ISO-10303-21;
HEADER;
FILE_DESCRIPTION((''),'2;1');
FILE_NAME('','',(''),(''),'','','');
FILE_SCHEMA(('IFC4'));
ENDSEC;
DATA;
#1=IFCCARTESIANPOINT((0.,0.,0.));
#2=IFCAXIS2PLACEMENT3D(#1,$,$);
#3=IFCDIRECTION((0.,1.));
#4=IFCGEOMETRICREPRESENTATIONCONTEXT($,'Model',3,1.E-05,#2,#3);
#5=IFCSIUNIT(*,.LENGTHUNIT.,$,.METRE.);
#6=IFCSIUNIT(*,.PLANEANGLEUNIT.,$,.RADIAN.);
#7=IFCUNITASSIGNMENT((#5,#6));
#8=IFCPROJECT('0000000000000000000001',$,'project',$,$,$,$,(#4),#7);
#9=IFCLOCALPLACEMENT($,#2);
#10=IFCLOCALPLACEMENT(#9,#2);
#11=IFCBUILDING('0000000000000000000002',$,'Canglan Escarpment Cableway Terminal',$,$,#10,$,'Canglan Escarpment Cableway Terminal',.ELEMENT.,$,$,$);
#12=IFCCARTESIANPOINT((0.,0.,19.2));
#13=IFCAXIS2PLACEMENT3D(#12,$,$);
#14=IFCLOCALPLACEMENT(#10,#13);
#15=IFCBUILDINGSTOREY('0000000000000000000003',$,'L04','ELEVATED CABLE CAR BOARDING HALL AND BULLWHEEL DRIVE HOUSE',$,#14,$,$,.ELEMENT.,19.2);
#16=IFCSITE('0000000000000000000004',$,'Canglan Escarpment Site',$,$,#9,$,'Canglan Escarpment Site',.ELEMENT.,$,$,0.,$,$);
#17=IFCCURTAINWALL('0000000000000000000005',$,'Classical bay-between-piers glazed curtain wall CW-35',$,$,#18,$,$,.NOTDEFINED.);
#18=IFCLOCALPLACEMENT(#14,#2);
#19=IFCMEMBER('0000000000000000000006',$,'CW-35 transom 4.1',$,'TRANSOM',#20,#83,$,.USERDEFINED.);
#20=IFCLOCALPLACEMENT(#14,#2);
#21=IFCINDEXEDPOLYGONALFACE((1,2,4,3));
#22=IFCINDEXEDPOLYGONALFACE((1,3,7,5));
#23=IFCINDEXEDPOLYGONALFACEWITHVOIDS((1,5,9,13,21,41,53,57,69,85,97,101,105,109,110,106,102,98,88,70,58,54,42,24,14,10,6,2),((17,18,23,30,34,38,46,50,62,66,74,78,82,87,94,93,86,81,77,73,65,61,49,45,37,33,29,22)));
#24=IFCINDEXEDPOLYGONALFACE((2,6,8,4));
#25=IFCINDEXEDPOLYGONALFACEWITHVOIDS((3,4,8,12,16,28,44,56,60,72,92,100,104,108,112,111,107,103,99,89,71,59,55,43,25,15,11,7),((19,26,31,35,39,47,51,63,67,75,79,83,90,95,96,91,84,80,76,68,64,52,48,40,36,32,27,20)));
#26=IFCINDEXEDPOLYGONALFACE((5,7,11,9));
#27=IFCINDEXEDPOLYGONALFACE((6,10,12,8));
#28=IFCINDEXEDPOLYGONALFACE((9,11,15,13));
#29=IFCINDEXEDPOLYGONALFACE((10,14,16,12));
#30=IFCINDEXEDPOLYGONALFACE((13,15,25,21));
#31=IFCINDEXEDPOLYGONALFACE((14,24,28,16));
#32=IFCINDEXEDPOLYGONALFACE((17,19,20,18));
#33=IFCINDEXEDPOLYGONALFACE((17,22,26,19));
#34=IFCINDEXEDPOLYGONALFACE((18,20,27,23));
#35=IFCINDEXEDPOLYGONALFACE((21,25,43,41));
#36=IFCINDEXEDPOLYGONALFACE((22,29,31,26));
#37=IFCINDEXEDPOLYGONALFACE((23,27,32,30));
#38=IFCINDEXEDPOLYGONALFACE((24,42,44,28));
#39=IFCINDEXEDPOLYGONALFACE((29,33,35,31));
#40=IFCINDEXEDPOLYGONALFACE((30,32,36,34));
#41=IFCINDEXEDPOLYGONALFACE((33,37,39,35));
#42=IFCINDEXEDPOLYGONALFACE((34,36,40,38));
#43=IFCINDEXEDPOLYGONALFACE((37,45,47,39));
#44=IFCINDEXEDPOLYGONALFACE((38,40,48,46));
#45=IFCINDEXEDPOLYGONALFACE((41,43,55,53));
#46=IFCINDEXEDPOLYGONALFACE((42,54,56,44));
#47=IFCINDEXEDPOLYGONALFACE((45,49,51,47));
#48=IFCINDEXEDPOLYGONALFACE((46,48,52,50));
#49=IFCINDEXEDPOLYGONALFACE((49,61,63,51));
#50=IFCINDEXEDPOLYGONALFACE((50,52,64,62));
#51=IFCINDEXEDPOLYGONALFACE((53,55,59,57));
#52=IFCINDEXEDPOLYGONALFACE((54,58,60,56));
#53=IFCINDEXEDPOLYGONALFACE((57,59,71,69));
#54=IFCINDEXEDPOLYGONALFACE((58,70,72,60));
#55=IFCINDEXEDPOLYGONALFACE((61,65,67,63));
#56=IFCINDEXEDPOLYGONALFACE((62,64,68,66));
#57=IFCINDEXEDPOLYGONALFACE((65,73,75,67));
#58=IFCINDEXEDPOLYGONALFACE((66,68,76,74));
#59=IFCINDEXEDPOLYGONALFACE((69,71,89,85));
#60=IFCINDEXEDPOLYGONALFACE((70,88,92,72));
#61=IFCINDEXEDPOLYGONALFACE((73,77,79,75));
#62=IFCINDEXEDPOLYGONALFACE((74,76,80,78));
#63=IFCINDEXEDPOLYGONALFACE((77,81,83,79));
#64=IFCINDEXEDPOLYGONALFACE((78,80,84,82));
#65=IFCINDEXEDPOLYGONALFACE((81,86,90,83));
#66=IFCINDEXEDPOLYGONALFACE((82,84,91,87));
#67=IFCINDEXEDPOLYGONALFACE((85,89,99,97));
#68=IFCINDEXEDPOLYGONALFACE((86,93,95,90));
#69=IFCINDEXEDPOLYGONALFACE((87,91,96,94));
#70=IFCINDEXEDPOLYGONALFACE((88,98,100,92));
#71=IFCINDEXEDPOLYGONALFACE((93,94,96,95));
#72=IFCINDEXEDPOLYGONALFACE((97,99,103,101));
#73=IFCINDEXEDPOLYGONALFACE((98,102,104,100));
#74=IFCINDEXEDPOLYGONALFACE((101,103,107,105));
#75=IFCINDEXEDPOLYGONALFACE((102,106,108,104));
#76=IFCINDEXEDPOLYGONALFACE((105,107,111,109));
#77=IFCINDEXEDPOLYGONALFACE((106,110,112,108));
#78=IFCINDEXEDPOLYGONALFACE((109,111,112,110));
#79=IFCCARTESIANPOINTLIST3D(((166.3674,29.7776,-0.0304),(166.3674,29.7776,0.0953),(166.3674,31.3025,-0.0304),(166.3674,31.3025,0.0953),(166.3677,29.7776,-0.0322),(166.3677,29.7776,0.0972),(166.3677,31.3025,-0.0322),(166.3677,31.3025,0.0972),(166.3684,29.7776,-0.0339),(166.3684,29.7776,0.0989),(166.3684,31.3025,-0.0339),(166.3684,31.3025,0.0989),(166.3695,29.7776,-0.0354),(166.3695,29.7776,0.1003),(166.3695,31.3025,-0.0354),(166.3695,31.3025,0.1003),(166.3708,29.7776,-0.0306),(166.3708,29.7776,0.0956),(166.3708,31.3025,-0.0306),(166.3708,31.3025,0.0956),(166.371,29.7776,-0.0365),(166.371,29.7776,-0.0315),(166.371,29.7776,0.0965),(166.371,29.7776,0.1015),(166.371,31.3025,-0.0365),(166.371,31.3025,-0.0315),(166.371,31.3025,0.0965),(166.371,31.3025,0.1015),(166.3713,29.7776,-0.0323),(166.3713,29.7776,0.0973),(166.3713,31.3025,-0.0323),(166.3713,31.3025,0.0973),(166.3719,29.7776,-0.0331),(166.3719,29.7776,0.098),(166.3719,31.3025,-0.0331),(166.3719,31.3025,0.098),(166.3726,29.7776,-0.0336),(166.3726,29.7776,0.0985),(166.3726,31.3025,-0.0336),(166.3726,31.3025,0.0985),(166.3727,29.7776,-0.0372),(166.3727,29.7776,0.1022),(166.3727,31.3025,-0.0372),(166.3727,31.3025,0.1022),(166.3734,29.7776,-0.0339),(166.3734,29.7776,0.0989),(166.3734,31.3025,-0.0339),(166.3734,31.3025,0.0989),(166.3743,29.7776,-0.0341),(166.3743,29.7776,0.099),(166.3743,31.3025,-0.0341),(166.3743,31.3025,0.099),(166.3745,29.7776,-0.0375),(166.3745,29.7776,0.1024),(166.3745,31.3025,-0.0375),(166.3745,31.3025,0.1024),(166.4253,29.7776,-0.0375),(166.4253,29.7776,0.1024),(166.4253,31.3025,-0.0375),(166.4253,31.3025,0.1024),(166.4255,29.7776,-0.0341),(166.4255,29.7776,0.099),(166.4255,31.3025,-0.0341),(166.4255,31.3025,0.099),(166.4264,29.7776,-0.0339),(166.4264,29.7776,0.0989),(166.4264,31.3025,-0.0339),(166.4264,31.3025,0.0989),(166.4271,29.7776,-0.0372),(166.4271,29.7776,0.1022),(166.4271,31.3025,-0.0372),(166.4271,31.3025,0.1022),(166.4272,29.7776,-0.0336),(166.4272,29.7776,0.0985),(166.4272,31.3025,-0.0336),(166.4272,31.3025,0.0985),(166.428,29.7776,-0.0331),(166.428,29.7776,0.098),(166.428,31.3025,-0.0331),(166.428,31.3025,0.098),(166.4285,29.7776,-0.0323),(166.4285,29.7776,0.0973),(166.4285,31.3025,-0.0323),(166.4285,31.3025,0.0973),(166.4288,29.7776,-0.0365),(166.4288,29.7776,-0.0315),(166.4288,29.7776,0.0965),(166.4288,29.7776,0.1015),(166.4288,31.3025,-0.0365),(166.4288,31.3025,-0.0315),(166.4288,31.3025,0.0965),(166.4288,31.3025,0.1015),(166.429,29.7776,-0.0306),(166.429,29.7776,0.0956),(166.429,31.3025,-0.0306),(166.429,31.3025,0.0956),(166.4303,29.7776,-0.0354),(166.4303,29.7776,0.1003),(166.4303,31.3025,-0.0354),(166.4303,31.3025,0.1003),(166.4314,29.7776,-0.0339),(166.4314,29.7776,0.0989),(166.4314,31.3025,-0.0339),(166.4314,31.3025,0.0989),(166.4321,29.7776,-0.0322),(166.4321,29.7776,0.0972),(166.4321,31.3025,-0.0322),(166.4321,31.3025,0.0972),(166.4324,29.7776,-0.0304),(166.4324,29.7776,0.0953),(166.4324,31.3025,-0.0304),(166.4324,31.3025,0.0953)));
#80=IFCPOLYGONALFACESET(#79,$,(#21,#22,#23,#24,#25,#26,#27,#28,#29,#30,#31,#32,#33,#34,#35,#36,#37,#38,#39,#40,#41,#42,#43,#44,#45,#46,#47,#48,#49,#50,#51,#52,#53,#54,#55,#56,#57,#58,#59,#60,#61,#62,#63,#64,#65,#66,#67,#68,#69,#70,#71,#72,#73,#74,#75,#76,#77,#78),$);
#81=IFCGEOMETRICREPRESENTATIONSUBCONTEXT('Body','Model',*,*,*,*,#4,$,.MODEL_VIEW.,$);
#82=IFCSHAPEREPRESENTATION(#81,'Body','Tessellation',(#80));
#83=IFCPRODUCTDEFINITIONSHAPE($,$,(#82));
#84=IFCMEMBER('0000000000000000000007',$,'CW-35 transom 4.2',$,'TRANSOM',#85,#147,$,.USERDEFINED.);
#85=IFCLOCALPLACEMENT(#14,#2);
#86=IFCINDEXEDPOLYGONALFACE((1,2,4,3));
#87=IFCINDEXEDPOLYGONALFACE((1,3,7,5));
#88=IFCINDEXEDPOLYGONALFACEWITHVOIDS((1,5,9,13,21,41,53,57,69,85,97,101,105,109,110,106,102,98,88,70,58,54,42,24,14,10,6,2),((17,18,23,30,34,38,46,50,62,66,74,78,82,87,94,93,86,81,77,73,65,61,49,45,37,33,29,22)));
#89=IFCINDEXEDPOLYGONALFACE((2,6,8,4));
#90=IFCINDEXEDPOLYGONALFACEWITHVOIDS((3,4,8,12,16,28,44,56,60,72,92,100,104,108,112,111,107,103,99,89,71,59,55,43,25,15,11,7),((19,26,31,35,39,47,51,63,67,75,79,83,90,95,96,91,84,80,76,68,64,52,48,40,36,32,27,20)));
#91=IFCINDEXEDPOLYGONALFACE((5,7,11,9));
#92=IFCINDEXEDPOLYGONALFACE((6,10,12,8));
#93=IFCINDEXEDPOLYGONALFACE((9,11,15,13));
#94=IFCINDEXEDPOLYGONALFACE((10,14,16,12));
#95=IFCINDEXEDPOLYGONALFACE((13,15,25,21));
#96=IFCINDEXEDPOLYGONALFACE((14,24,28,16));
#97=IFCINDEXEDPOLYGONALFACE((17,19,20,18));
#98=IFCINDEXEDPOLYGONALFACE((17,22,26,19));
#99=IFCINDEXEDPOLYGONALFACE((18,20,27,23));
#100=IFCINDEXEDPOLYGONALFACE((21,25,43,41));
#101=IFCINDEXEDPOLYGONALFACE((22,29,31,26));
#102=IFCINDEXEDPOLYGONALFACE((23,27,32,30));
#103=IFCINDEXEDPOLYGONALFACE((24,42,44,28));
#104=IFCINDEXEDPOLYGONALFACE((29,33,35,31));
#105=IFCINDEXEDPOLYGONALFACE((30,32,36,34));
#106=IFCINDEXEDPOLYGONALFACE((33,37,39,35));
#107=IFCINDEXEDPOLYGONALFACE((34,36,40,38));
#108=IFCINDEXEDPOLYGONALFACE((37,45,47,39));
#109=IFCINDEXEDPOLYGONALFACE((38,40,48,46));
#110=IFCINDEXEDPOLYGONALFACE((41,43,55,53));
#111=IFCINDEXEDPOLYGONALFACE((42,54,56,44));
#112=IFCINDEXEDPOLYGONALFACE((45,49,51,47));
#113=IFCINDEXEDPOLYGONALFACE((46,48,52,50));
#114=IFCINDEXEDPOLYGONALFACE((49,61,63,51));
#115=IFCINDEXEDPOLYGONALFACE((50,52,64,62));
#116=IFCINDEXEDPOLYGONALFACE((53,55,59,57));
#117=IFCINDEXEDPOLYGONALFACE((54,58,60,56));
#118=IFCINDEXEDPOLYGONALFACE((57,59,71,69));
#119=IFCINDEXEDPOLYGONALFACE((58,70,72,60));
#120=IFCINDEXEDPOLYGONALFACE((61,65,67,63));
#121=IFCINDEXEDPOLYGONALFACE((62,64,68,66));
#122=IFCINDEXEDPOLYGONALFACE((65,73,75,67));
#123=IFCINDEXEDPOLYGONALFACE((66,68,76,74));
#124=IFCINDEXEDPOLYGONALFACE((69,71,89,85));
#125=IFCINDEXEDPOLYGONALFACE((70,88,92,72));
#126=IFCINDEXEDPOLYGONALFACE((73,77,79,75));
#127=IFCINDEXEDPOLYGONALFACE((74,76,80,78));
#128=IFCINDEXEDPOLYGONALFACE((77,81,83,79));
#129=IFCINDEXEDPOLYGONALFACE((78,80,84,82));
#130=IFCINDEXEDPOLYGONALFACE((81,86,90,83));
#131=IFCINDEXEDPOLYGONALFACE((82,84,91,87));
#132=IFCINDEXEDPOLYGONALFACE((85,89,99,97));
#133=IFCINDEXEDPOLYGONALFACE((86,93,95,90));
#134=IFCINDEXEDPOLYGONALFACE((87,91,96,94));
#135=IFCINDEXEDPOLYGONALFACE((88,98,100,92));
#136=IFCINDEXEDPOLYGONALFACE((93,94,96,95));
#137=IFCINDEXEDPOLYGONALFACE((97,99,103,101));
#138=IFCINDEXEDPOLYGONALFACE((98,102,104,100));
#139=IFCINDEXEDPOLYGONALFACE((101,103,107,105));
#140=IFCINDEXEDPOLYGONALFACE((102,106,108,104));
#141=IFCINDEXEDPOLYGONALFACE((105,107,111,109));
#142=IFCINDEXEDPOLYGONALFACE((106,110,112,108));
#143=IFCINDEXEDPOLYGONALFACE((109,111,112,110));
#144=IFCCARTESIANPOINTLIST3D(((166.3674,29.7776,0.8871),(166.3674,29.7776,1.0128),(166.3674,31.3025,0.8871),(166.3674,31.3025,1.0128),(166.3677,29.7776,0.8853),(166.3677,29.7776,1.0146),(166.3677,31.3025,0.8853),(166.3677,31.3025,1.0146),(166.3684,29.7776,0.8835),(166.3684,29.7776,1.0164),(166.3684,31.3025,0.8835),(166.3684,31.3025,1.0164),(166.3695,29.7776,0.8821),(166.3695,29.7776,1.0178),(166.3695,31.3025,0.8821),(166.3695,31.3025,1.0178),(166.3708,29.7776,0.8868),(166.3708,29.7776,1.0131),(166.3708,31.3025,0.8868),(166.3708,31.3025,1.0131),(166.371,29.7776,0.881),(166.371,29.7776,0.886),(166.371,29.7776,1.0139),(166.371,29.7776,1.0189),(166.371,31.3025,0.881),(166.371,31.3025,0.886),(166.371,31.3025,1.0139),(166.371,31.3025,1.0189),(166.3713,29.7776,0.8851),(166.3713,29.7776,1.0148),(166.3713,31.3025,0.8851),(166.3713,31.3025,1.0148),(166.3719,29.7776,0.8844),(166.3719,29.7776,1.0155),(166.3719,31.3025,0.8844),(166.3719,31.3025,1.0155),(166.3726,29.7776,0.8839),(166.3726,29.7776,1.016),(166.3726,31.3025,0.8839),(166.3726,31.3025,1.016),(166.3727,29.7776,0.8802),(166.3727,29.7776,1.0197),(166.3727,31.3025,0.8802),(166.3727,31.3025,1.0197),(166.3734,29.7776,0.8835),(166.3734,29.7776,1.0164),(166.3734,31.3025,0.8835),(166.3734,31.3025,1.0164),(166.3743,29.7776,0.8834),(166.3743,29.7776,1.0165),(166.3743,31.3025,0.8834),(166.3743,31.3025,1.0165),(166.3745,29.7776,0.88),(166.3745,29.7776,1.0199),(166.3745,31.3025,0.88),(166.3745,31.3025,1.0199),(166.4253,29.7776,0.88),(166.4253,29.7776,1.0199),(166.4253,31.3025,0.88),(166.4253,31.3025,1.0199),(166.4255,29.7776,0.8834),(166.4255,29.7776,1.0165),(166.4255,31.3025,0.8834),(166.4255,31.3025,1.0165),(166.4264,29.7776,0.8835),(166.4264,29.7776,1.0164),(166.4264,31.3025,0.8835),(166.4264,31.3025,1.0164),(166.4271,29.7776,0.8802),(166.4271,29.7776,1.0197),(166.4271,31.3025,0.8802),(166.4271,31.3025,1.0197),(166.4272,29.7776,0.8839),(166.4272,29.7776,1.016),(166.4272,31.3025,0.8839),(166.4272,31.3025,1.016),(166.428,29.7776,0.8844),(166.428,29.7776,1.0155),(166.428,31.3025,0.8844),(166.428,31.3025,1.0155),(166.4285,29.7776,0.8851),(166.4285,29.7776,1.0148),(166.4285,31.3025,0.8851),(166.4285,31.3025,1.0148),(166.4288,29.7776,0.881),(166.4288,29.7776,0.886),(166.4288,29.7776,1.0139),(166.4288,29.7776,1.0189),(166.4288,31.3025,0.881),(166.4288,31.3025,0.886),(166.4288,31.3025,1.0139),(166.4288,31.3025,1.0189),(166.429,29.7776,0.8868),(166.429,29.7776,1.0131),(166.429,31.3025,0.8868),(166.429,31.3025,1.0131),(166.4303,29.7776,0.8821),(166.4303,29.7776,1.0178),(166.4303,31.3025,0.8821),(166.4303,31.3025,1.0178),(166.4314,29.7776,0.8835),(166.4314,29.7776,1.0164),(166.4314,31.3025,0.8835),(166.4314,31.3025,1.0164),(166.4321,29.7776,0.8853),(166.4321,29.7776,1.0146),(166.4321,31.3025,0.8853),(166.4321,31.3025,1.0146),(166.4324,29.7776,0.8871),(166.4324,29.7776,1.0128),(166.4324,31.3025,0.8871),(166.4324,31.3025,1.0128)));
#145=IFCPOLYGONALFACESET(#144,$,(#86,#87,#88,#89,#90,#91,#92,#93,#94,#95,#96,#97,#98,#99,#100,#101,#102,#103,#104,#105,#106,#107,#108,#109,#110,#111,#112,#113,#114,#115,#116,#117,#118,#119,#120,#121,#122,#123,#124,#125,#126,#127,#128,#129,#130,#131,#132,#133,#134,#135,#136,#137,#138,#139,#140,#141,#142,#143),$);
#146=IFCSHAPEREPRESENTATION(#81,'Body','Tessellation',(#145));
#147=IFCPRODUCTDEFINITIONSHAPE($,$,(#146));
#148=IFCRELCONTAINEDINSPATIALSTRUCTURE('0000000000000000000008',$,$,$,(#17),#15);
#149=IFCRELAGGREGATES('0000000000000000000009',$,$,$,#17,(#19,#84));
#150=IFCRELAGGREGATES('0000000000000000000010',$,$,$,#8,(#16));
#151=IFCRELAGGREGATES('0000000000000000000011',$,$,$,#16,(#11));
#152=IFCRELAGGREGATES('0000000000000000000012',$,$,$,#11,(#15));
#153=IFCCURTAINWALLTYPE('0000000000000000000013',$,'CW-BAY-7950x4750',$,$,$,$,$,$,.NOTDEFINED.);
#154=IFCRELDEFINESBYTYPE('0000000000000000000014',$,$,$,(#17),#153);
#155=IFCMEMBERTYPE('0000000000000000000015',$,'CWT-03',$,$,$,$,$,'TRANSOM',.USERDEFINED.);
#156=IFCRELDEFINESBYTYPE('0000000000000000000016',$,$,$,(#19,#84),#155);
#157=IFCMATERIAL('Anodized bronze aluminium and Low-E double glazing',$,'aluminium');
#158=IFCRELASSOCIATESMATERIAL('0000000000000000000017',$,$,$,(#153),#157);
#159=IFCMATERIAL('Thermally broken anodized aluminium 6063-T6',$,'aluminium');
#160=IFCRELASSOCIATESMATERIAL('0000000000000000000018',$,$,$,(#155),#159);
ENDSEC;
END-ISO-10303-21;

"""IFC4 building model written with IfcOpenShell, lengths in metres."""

from ifc_helpers import new_model, si_unit, direction, frame, origin, origin_2d, place, context, subcontext, project, spatial, hollow_rectangle, extrude, material, material_profile, profile_set, type_object, element, aggregate, save


model = new_model("IFC4")

# Units and contexts
model_context = context("Model", 3, precision=1e-05, world=origin(), true_north=direction((0.0, 1.0)))
body_context = subcontext(model_context, "Body", "Model", "MODEL_VIEW")
ifc_project = project(units=[si_unit("LENGTHUNIT", "METRE"), si_unit("PLANEANGLEUNIT", "RADIAN")], contexts=[model_context])

# Site, building, storey
site_placement = place(None, origin())
site = spatial("IfcSite", under=ifc_project, at=site_placement, Name="Canglan Escarpment Site", LongName="Canglan Escarpment Site", CompositionType="ELEMENT", RefElevation=0.0)
building_placement = place(site_placement, origin())
building = spatial("IfcBuilding", under=site, at=building_placement, Name="Canglan Escarpment Cableway Terminal", LongName="Canglan Escarpment Cableway Terminal", CompositionType="ELEMENT")
storey_placement = place(building_placement, frame((0.0, 0.0, 19.2)))
storey = spatial("IfcBuildingStorey", under=building, at=storey_placement, Name="L04", Description="ELEVATED CABLE CAR BOARDING HALL AND BULLWHEEL DRIVE HOUSE", CompositionType="ELEMENT", Elevation=19.2)

# Curtain wall, members
ifc_material_1 = material(Name="Anodized bronze aluminium and Low-E double glazing", Category="aluminium")
curtain_wall_type = type_object("IfcCurtainWallType", Name="CW-BAY-7950x4750", PredefinedType="NOTDEFINED", material=ifc_material_1)
curtain_wall_placement = place(storey_placement, origin())
curtain_wall = element("IfcCurtainWall", 1, at=curtain_wall_placement, inside=storey, type_object=curtain_wall_type, Name="Classical bay-between-piers glazed curtain wall CW-35", PredefinedType="NOTDEFINED")
ifc_material_2 = material(Name="Thermally broken anodized aluminium 6063-T6", Category="aluminium")
ifc_material_profile_1 = material_profile(ifc_material_2, hollow_rectangle(XDim=0.0649, YDim=0.1399, WallThickness=0.0034, InnerFilletRadius=0.0034, OuterFilletRadius=0.0071, at=origin_2d()), Name="ALU-TRAN 65x140x3.5")
ifc_profile_set_1 = profile_set([ifc_material_profile_1], Name="Thermally broken anodized aluminium 6063-T6")
member_type_1 = type_object("IfcMemberType", Name="CWT-03", ElementType="TRANSOM", PredefinedType="USERDEFINED", material=ifc_profile_set_1)
member_1_placement = place(storey_placement, frame((166.3999, 29.7776, 0.0325), z_axis=(0.0, 1.0, 0.0), x_axis=(-1.0, 0.0, 0.0)))
member_1 = element("IfcMember", 2, at=member_1_placement, type_object=member_type_1, Name="CW-35 transom 4.1", ObjectType="TRANSOM", PredefinedType="USERDEFINED", context=body_context, shape_type="SweptSolid", body=[
    extrude(hollow_rectangle(XDim=0.0649, YDim=0.1399, WallThickness=0.0034, InnerFilletRadius=0.0034, OuterFilletRadius=0.0071, at=origin_2d()), origin(), (0.0, 0.0, 1.0), 1.5249),
])
member_2_placement = place(storey_placement, frame((166.3999, 29.7776, 0.95), z_axis=(0.0, 1.0, 0.0), x_axis=(-1.0, 0.0, 0.0)))
member_2 = element("IfcMember", 3, at=member_2_placement, type_object=member_type_1, Name="CW-35 transom 4.2", ObjectType="TRANSOM", PredefinedType="USERDEFINED", context=body_context, shape_type="SweptSolid", body=[
    extrude(hollow_rectangle(XDim=0.0649, YDim=0.1399, WallThickness=0.0034, InnerFilletRadius=0.0034, OuterFilletRadius=0.0071, at=origin_2d()), origin(), (0.0, 0.0, 1.0), 1.5249),
])
aggregate(curtain_wall, [member_1, member_2])

save(model, "model.ifc")
